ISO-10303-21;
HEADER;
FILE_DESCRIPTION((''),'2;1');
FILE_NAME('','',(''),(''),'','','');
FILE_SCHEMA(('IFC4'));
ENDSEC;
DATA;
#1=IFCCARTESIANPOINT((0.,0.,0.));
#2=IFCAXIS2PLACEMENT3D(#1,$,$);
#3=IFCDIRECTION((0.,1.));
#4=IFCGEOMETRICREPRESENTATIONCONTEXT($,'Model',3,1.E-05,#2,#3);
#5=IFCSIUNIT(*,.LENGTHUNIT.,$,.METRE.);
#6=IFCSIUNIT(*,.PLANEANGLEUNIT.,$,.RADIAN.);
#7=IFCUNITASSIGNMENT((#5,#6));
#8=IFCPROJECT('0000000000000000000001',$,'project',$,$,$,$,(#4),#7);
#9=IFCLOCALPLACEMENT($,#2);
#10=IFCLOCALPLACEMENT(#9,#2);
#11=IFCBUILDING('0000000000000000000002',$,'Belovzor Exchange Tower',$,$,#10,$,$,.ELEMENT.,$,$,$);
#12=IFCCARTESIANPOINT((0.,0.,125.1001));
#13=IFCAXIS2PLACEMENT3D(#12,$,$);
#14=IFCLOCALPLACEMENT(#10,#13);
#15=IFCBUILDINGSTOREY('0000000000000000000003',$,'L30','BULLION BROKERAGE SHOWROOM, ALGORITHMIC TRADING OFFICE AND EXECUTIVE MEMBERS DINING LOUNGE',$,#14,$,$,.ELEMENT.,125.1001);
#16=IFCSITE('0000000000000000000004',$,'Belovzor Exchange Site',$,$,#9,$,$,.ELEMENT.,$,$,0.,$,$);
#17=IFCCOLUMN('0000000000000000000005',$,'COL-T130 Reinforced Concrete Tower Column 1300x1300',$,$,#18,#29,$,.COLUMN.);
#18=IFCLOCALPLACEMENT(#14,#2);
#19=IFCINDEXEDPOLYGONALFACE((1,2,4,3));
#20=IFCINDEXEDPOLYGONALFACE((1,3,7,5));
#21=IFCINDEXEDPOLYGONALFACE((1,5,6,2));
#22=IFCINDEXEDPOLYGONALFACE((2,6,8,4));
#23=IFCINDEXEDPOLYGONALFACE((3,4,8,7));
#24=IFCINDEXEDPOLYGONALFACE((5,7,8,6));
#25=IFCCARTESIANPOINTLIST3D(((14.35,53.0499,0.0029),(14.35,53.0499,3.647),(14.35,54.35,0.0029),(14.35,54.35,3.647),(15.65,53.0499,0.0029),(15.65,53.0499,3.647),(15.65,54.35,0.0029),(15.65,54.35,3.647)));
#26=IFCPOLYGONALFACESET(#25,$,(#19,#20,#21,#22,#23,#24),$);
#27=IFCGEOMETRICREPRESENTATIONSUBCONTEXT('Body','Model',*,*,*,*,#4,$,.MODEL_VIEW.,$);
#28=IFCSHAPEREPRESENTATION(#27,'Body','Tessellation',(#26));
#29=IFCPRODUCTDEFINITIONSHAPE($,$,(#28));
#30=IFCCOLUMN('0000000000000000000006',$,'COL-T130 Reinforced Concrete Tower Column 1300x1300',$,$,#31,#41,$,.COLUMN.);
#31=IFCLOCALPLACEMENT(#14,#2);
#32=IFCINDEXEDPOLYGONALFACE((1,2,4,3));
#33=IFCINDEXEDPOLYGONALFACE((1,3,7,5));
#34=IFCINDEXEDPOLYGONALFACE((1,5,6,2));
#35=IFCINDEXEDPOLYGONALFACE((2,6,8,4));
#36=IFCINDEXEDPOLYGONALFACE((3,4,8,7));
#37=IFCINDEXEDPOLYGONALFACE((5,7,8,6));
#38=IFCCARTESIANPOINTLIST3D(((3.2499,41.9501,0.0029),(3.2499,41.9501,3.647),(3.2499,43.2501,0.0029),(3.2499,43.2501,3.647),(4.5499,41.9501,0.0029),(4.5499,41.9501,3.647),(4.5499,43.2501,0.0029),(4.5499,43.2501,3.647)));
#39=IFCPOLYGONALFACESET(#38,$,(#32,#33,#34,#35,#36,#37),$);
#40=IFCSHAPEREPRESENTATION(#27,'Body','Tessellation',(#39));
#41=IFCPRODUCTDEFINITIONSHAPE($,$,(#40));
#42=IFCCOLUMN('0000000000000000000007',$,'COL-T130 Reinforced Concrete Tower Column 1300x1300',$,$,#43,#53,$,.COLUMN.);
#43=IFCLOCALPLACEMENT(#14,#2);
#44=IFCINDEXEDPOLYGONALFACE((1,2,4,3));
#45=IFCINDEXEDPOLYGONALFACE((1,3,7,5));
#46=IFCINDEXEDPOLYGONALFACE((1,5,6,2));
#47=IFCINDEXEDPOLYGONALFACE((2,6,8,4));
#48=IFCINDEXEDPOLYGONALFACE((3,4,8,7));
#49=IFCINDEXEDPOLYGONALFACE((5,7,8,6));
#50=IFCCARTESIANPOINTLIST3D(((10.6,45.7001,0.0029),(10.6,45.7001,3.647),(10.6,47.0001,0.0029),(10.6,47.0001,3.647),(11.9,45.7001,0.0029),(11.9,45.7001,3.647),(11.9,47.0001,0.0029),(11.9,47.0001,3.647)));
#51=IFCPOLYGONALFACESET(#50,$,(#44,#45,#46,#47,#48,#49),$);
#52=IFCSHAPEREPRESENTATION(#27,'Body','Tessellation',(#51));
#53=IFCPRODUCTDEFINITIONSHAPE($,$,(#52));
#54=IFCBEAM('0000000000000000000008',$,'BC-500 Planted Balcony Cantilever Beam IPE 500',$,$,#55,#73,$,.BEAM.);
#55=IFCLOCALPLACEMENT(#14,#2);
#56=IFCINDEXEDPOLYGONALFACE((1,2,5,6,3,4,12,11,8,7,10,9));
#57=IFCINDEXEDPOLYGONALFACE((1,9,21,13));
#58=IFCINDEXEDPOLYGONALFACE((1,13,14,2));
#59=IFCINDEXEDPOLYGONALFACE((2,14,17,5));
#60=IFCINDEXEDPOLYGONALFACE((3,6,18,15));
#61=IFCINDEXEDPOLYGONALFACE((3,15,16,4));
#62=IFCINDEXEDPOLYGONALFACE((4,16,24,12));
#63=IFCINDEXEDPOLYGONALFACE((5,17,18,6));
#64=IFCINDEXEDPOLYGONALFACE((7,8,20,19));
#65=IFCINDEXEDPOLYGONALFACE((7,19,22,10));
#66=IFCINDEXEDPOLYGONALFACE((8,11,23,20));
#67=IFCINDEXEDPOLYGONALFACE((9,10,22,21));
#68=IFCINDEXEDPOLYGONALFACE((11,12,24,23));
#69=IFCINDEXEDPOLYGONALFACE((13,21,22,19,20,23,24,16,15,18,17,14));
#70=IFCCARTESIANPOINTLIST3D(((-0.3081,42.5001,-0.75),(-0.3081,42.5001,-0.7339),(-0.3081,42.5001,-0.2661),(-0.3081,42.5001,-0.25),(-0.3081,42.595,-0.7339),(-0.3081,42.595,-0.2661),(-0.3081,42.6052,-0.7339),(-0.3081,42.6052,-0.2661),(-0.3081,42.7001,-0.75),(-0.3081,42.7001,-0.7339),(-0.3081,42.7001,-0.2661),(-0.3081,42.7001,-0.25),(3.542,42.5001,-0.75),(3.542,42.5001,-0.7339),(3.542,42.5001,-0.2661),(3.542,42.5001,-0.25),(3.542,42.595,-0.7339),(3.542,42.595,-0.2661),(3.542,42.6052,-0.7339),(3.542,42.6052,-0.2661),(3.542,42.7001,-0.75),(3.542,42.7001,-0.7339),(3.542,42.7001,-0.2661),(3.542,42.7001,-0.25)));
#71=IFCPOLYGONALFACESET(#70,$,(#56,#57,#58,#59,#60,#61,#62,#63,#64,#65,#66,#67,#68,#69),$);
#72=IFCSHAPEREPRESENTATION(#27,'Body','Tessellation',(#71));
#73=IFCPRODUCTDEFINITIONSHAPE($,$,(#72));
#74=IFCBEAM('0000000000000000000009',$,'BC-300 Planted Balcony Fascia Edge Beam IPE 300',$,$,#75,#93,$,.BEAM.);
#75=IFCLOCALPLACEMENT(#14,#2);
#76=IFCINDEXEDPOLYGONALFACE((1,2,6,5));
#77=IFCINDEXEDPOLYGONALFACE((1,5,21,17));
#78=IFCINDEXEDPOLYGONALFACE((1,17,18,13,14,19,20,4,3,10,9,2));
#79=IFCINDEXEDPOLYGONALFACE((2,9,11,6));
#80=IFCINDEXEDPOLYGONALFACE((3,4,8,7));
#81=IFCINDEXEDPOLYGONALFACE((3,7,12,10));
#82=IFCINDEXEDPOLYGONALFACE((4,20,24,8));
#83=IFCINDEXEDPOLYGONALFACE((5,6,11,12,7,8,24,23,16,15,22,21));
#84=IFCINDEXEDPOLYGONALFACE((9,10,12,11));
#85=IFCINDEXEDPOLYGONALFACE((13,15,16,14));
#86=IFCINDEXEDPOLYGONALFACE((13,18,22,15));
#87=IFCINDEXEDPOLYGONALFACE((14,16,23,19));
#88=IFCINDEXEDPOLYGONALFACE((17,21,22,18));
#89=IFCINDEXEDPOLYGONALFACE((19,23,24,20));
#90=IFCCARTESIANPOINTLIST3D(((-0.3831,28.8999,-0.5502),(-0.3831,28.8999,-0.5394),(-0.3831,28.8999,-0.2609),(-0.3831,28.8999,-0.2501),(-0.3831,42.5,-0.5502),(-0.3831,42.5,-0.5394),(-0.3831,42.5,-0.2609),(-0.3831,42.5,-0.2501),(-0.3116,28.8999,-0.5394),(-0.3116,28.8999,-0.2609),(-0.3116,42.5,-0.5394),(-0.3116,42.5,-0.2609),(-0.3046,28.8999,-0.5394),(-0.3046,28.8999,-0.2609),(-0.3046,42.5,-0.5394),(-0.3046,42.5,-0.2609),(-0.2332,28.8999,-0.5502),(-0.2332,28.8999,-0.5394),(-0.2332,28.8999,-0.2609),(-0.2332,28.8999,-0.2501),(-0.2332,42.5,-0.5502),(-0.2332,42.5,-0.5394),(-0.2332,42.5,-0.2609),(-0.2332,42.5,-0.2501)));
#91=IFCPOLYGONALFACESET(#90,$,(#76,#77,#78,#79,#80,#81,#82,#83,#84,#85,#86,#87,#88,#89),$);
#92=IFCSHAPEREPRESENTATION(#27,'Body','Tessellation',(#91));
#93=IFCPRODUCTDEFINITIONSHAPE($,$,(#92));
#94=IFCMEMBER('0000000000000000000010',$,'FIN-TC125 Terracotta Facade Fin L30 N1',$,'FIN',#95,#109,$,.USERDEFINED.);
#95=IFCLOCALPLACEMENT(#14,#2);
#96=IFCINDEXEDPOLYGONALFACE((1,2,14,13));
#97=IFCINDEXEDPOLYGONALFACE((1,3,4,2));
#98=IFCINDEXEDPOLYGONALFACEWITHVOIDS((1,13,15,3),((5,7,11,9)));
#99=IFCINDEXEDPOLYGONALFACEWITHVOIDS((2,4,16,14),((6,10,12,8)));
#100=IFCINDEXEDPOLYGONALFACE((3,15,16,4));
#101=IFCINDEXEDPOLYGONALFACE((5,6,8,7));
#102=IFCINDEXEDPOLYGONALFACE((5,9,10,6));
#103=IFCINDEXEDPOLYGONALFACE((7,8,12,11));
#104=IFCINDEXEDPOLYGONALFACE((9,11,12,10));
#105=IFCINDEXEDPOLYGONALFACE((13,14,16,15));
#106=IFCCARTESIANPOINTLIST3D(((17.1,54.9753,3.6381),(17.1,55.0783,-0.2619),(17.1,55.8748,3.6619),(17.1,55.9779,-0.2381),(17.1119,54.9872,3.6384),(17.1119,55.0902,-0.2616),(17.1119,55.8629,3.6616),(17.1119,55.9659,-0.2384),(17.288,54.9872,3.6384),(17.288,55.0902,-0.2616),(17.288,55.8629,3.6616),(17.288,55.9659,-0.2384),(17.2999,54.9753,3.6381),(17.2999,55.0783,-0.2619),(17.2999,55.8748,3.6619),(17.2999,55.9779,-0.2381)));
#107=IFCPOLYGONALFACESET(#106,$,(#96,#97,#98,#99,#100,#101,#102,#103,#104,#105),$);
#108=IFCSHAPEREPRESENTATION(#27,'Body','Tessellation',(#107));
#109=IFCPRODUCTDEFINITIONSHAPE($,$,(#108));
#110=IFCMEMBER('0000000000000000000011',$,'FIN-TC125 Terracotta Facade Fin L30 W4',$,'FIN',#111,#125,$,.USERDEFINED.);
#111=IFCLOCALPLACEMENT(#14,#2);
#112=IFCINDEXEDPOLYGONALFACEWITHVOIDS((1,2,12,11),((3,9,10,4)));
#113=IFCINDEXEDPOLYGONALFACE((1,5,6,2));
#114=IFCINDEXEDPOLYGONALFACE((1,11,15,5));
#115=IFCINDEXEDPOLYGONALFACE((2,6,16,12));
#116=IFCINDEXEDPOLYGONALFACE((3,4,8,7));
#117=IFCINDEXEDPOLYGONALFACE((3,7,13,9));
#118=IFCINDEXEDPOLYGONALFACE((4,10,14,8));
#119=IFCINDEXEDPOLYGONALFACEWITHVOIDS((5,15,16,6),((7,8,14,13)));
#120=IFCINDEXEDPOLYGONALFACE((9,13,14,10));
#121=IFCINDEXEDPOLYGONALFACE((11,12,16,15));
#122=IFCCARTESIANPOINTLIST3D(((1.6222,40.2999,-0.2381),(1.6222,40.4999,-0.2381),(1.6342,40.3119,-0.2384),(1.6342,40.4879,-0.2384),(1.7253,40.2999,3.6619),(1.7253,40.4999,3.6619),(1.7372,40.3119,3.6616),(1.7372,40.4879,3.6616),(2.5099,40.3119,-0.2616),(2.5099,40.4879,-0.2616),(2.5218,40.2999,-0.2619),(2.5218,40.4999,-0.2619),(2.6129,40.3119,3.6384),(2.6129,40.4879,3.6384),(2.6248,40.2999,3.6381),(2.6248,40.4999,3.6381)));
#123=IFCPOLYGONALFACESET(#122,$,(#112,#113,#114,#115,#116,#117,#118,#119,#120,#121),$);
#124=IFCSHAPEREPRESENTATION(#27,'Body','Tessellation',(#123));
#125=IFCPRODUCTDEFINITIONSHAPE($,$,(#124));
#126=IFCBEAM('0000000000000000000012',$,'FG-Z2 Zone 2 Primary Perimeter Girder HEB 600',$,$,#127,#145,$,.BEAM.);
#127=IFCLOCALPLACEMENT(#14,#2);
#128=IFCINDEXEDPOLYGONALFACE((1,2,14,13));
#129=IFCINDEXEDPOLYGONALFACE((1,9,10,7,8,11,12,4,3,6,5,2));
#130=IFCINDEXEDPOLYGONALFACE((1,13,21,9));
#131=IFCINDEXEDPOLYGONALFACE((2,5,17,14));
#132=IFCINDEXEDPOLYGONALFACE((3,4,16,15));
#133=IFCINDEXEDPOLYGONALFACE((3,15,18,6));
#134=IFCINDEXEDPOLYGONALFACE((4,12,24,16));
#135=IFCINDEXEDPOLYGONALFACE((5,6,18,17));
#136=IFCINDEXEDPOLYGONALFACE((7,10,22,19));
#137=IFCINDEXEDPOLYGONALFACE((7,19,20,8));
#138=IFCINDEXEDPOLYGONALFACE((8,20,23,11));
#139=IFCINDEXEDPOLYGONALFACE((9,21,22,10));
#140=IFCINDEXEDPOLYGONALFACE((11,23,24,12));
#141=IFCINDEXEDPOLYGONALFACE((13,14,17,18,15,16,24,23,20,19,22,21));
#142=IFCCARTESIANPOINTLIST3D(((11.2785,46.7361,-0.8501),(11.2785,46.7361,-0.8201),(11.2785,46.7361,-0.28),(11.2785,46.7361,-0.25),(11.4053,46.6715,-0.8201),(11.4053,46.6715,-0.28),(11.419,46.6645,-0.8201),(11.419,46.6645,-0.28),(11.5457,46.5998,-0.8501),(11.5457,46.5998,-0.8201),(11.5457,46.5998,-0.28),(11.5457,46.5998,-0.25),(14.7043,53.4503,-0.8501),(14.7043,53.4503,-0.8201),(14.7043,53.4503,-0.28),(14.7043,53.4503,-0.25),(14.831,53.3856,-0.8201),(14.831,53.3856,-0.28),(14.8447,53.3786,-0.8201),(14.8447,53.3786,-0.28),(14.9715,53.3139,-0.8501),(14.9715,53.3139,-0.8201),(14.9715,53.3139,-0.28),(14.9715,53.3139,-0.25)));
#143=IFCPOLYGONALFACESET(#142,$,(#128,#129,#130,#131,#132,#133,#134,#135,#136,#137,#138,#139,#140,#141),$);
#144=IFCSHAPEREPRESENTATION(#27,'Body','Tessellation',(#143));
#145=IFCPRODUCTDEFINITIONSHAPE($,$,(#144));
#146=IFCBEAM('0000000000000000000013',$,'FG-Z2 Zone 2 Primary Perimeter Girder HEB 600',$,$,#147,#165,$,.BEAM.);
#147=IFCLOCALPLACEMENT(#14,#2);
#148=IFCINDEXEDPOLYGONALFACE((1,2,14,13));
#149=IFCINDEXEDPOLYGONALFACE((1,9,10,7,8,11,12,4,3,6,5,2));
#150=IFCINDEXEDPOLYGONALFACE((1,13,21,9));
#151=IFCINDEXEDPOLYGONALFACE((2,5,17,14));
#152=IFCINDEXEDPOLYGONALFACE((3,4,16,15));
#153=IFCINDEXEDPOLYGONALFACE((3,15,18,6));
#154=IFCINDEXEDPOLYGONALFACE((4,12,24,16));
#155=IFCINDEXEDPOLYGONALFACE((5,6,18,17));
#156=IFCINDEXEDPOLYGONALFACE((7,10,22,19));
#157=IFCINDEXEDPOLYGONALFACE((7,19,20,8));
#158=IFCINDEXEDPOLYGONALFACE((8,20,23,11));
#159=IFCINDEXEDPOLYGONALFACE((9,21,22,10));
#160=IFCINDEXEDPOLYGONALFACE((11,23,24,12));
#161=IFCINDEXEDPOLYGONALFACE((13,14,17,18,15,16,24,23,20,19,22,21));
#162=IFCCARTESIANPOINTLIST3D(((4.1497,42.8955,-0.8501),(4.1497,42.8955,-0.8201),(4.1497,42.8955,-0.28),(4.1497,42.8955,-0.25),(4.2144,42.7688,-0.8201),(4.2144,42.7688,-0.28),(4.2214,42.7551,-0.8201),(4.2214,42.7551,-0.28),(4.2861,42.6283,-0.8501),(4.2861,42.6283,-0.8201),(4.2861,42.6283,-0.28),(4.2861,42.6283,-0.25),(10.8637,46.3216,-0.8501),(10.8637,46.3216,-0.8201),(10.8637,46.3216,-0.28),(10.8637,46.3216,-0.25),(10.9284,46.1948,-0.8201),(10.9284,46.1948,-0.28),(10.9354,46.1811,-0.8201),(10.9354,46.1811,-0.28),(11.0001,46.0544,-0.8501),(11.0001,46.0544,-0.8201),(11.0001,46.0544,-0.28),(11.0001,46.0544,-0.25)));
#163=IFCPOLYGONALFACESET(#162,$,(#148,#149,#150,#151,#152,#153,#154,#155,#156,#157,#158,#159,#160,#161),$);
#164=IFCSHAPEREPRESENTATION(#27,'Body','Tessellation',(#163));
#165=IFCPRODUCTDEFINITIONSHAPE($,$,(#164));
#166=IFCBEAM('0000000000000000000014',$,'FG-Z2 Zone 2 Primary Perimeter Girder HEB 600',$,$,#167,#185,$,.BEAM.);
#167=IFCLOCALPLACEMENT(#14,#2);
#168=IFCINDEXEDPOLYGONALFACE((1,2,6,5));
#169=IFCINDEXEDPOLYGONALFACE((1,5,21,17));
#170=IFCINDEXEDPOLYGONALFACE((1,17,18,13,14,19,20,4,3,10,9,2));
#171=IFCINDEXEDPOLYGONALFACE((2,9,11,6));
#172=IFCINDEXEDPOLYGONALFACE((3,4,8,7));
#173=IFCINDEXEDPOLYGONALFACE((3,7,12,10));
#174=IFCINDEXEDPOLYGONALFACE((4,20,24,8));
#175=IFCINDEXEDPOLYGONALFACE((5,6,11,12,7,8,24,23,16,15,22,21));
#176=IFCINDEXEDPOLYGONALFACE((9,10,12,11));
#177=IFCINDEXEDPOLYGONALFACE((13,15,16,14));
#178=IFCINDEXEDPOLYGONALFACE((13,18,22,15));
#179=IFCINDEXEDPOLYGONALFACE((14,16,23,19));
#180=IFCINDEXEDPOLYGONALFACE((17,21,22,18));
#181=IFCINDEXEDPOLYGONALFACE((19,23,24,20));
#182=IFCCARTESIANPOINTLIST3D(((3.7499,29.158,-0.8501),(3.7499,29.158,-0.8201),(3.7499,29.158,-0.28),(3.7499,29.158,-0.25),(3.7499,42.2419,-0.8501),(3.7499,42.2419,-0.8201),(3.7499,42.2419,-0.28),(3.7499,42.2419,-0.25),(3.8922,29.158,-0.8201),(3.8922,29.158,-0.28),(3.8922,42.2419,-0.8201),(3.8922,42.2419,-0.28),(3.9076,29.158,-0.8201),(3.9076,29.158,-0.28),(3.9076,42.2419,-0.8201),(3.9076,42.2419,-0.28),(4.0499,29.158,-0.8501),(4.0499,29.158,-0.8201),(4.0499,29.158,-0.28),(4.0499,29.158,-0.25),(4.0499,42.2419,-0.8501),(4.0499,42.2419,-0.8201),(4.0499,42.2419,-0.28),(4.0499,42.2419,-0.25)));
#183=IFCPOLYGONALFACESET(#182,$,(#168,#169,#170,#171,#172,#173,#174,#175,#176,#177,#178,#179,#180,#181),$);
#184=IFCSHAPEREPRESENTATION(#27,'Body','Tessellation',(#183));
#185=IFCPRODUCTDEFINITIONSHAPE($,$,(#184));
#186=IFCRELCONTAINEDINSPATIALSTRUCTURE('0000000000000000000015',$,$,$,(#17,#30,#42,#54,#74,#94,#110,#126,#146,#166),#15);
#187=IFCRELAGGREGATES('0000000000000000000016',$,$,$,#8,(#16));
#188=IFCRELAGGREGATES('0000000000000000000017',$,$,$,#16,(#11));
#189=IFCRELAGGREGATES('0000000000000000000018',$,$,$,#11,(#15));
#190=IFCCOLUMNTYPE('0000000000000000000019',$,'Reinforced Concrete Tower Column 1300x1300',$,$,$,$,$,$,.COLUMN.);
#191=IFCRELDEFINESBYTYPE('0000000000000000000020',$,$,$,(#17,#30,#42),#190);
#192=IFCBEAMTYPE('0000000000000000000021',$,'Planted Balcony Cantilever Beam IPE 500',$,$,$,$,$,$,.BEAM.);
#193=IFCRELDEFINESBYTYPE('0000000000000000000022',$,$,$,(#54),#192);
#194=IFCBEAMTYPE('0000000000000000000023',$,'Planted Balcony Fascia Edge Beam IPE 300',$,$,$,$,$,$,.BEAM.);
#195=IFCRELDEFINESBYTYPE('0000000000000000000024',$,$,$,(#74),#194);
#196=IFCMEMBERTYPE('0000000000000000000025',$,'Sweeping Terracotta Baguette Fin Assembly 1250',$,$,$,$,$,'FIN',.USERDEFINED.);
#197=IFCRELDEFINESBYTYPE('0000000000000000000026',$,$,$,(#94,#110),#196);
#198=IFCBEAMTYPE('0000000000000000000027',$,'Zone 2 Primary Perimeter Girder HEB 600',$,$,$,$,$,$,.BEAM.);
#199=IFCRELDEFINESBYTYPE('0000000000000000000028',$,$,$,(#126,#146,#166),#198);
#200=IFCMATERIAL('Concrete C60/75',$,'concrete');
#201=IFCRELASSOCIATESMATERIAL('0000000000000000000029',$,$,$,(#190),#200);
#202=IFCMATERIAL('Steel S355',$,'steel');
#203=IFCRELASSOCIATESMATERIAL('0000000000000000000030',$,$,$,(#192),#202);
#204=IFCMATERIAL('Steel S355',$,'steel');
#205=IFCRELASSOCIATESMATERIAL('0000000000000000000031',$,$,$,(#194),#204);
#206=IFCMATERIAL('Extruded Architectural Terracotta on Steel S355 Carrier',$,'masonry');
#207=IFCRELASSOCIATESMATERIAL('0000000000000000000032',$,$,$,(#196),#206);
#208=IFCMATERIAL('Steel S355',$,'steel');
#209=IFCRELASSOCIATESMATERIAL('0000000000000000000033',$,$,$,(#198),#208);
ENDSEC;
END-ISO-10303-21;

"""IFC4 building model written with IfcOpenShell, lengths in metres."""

from ifc_helpers import new_model, si_unit, direction, frame, origin, origin_2d, place, context, subcontext, project, spatial, rectangle, hollow_rectangle, i_section, extrude, material, material_profile, profile_set, type_object, element, save


model = new_model("IFC4")

# Units and contexts
model_context = context("Model", 3, precision=1e-05, world=origin(), true_north=direction((0.0, 1.0)))
body_context = subcontext(model_context, "Body", "Model", "MODEL_VIEW")
ifc_project = project(units=[si_unit("LENGTHUNIT", "METRE"), si_unit("PLANEANGLEUNIT", "RADIAN")], contexts=[model_context])

# Site, building, storey
site_placement = place(None, origin())
site = spatial("IfcSite", under=ifc_project, at=site_placement, Name="Belovzor Exchange Site", CompositionType="ELEMENT", RefElevation=0.0)
building_placement = place(site_placement, origin())
building = spatial("IfcBuilding", under=site, at=building_placement, Name="Belovzor Exchange Tower", CompositionType="ELEMENT")
storey_placement = place(building_placement, frame((0.0, 0.0, 125.1001)))
storey = spatial("IfcBuildingStorey", under=building, at=storey_placement, Name="L30", Description="BULLION BROKERAGE SHOWROOM, ALGORITHMIC TRADING OFFICE AND EXECUTIVE MEMBERS DINING LOUNGE", CompositionType="ELEMENT", Elevation=125.1001)

# Columns
ifc_material_1 = material(Name="Concrete C60/75", Category="concrete")
ifc_material_profile_1 = material_profile(ifc_material_1, rectangle(XDim=1.3, YDim=1.3, at=origin_2d()))
ifc_profile_set_1 = profile_set([ifc_material_profile_1], Name="Concrete C60/75")
column_type = type_object("IfcColumnType", Name="Reinforced Concrete Tower Column 1300x1300", PredefinedType="COLUMN", material=ifc_profile_set_1)
for number, where, z_axis, x_axis, name in (
    (1, (15.0, 53.7, 0.0029), (0.0, 0.0, 1.0), (1.0, 0.0, 0.0), "COL-T130 Reinforced Concrete Tower Column 1300x1300"),
    (2, (3.8999, 42.6001, 0.0029), (0.0, 0.0, 1.0), (1.0, 0.0, 0.0), "COL-T130 Reinforced Concrete Tower Column 1300x1300"),
    (3, (11.25, 46.3501, 0.0029), (0.0, 0.0, 1.0), (1.0, 0.0, 0.0), "COL-T130 Reinforced Concrete Tower Column 1300x1300"),
):
    element("IfcColumn", number, at=place(storey_placement, frame(where, z_axis=z_axis, x_axis=x_axis)), inside=storey, type_object=column_type, Name=name, PredefinedType="COLUMN", context=body_context, shape_type="SweptSolid", body=[
        extrude(rectangle(XDim=1.3, YDim=1.3, at=origin_2d()), origin(), (0.0, 0.0, 1.0), 3.644),
    ])

# Beams
ifc_material_2 = material(Name="Steel S355", Category="steel")
ifc_material_profile_2 = material_profile(ifc_material_2, i_section(OverallWidth=0.2, OverallDepth=0.5, WebThickness=0.0103, FlangeThickness=0.0161, at=origin_2d()))
ifc_profile_set_2 = profile_set([ifc_material_profile_2], Name="Steel S355")
beam_type_1 = type_object("IfcBeamType", Name="Planted Balcony Cantilever Beam IPE 500", PredefinedType="BEAM", material=ifc_profile_set_2)
beam_1_placement = place(storey_placement, frame((3.542, 42.6001, -0.5), z_axis=(-1.0, 0.0, 0.0), x_axis=(0.0, -1.0, 0.0)))
element("IfcBeam", 4, at=beam_1_placement, inside=storey, type_object=beam_type_1, Name="BC-500 Planted Balcony Cantilever Beam IPE 500", PredefinedType="BEAM", context=body_context, shape_type="SweptSolid", body=[
    extrude(i_section(OverallWidth=0.2, OverallDepth=0.5, WebThickness=0.0103, FlangeThickness=0.0161, at=origin_2d()), origin(), (0.0, 0.0, 1.0), 3.8501),
])
ifc_material_3 = material(Name="Steel S355", Category="steel")
ifc_material_profile_3 = material_profile(ifc_material_3, i_section(OverallWidth=0.1499, OverallDepth=0.3, WebThickness=0.0071, FlangeThickness=0.0107, at=origin_2d()))
ifc_profile_set_3 = profile_set([ifc_material_profile_3], Name="Steel S355")
beam_type_2 = type_object("IfcBeamType", Name="Planted Balcony Fascia Edge Beam IPE 300", PredefinedType="BEAM", material=ifc_profile_set_3)
beam_2_placement = place(storey_placement, frame((-0.3081, 42.5, -0.4001), z_axis=(0.0, -1.0, 0.0), x_axis=(1.0, 0.0, 0.0)))
element("IfcBeam", 5, at=beam_2_placement, inside=storey, type_object=beam_type_2, Name="BC-300 Planted Balcony Fascia Edge Beam IPE 300", PredefinedType="BEAM", context=body_context, shape_type="SweptSolid", body=[
    extrude(i_section(OverallWidth=0.1499, OverallDepth=0.3, WebThickness=0.0071, FlangeThickness=0.0107, at=origin_2d()), origin(), (0.0, 0.0, 1.0), 13.6001),
])

# Members
ifc_material_4 = material(Name="Extruded Architectural Terracotta on Steel S355 Carrier", Category="masonry")
ifc_material_profile_4 = material_profile(ifc_material_4, hollow_rectangle(XDim=0.2, YDim=0.8999, WallThickness=0.012, at=origin_2d()))
ifc_profile_set_4 = profile_set([ifc_material_profile_4], Name="Extruded Architectural Terracotta on Steel S355 Carrier")
member_type = type_object("IfcMemberType", Name="Sweeping Terracotta Baguette Fin Assembly 1250", ElementType="FIN", PredefinedType="USERDEFINED", material=ifc_profile_set_4)
for number, where, z_axis, x_axis, name in (
    (6, (17.2, 55.5281, -0.25), (0.0, -0.026409, 0.999651), (1.0, 0.0, 0.0), "FIN-TC125 Terracotta Facade Fin L30 N1"),
    (7, (2.072, 40.3999, -0.25), (0.026409, 0.0, 0.999651), (0.0, 1.0, 0.0), "FIN-TC125 Terracotta Facade Fin L30 W4"),
):
    element("IfcMember", number, at=place(storey_placement, frame(where, z_axis=z_axis, x_axis=x_axis)), inside=storey, type_object=member_type, Name=name, ObjectType="FIN", PredefinedType="USERDEFINED", context=body_context, shape_type="SweptSolid", body=[
        extrude(hollow_rectangle(XDim=0.2, YDim=0.8999, WallThickness=0.012, at=origin_2d()), origin(), (0.0, 0.0, 1.0), 3.9014),
    ])

# Beams
ifc_material_5 = material(Name="Steel S355", Category="steel")
ifc_material_profile_5 = material_profile(ifc_material_5, i_section(OverallWidth=0.3, OverallDepth=0.6001, WebThickness=0.0154, FlangeThickness=0.03, at=origin_2d()))
ifc_profile_set_5 = profile_set([ifc_material_profile_5], Name="Steel S355")
beam_type_3 = type_object("IfcBeamType", Name="Zone 2 Primary Perimeter Girder HEB 600", PredefinedType="BEAM", material=ifc_profile_set_5)
for number, where, z_axis, x_axis, name in (
    (8, (14.8379, 53.3821, -0.55), (-0.454493, -0.89075, 0.0), (0.89075, -0.454493, 0.0), "FG-Z2 Zone 2 Primary Perimeter Girder HEB 600"),
    (9, (10.9319, 46.188, -0.55), (-0.890731, -0.454532, 0.0), (0.454532, -0.890731, 0.0), "FG-Z2 Zone 2 Primary Perimeter Girder HEB 600"),
):
    element("IfcBeam", number, at=place(storey_placement, frame(where, z_axis=z_axis, x_axis=x_axis)), inside=storey, type_object=beam_type_3, Name=name, PredefinedType="BEAM", context=body_context, shape_type="SweptSolid", body=[
        extrude(i_section(OverallWidth=0.3, OverallDepth=0.6001, WebThickness=0.0154, FlangeThickness=0.03, at=origin_2d()), origin(), (0.0, 0.0, 1.0), 7.5376),
    ])
beam_3_placement = place(storey_placement, frame((3.8999, 42.2419, -0.55), z_axis=(0.0, -1.0, 0.0), x_axis=(1.0, 0.0, 0.0)))
element("IfcBeam", 10, at=beam_3_placement, inside=storey, type_object=beam_type_3, Name="FG-Z2 Zone 2 Primary Perimeter Girder HEB 600", PredefinedType="BEAM", context=body_context, shape_type="SweptSolid", body=[
    extrude(i_section(OverallWidth=0.3, OverallDepth=0.6001, WebThickness=0.0154, FlangeThickness=0.03, at=origin_2d()), origin(), (0.0, 0.0, 1.0), 13.084),
])

save(model, "model.ifc")
